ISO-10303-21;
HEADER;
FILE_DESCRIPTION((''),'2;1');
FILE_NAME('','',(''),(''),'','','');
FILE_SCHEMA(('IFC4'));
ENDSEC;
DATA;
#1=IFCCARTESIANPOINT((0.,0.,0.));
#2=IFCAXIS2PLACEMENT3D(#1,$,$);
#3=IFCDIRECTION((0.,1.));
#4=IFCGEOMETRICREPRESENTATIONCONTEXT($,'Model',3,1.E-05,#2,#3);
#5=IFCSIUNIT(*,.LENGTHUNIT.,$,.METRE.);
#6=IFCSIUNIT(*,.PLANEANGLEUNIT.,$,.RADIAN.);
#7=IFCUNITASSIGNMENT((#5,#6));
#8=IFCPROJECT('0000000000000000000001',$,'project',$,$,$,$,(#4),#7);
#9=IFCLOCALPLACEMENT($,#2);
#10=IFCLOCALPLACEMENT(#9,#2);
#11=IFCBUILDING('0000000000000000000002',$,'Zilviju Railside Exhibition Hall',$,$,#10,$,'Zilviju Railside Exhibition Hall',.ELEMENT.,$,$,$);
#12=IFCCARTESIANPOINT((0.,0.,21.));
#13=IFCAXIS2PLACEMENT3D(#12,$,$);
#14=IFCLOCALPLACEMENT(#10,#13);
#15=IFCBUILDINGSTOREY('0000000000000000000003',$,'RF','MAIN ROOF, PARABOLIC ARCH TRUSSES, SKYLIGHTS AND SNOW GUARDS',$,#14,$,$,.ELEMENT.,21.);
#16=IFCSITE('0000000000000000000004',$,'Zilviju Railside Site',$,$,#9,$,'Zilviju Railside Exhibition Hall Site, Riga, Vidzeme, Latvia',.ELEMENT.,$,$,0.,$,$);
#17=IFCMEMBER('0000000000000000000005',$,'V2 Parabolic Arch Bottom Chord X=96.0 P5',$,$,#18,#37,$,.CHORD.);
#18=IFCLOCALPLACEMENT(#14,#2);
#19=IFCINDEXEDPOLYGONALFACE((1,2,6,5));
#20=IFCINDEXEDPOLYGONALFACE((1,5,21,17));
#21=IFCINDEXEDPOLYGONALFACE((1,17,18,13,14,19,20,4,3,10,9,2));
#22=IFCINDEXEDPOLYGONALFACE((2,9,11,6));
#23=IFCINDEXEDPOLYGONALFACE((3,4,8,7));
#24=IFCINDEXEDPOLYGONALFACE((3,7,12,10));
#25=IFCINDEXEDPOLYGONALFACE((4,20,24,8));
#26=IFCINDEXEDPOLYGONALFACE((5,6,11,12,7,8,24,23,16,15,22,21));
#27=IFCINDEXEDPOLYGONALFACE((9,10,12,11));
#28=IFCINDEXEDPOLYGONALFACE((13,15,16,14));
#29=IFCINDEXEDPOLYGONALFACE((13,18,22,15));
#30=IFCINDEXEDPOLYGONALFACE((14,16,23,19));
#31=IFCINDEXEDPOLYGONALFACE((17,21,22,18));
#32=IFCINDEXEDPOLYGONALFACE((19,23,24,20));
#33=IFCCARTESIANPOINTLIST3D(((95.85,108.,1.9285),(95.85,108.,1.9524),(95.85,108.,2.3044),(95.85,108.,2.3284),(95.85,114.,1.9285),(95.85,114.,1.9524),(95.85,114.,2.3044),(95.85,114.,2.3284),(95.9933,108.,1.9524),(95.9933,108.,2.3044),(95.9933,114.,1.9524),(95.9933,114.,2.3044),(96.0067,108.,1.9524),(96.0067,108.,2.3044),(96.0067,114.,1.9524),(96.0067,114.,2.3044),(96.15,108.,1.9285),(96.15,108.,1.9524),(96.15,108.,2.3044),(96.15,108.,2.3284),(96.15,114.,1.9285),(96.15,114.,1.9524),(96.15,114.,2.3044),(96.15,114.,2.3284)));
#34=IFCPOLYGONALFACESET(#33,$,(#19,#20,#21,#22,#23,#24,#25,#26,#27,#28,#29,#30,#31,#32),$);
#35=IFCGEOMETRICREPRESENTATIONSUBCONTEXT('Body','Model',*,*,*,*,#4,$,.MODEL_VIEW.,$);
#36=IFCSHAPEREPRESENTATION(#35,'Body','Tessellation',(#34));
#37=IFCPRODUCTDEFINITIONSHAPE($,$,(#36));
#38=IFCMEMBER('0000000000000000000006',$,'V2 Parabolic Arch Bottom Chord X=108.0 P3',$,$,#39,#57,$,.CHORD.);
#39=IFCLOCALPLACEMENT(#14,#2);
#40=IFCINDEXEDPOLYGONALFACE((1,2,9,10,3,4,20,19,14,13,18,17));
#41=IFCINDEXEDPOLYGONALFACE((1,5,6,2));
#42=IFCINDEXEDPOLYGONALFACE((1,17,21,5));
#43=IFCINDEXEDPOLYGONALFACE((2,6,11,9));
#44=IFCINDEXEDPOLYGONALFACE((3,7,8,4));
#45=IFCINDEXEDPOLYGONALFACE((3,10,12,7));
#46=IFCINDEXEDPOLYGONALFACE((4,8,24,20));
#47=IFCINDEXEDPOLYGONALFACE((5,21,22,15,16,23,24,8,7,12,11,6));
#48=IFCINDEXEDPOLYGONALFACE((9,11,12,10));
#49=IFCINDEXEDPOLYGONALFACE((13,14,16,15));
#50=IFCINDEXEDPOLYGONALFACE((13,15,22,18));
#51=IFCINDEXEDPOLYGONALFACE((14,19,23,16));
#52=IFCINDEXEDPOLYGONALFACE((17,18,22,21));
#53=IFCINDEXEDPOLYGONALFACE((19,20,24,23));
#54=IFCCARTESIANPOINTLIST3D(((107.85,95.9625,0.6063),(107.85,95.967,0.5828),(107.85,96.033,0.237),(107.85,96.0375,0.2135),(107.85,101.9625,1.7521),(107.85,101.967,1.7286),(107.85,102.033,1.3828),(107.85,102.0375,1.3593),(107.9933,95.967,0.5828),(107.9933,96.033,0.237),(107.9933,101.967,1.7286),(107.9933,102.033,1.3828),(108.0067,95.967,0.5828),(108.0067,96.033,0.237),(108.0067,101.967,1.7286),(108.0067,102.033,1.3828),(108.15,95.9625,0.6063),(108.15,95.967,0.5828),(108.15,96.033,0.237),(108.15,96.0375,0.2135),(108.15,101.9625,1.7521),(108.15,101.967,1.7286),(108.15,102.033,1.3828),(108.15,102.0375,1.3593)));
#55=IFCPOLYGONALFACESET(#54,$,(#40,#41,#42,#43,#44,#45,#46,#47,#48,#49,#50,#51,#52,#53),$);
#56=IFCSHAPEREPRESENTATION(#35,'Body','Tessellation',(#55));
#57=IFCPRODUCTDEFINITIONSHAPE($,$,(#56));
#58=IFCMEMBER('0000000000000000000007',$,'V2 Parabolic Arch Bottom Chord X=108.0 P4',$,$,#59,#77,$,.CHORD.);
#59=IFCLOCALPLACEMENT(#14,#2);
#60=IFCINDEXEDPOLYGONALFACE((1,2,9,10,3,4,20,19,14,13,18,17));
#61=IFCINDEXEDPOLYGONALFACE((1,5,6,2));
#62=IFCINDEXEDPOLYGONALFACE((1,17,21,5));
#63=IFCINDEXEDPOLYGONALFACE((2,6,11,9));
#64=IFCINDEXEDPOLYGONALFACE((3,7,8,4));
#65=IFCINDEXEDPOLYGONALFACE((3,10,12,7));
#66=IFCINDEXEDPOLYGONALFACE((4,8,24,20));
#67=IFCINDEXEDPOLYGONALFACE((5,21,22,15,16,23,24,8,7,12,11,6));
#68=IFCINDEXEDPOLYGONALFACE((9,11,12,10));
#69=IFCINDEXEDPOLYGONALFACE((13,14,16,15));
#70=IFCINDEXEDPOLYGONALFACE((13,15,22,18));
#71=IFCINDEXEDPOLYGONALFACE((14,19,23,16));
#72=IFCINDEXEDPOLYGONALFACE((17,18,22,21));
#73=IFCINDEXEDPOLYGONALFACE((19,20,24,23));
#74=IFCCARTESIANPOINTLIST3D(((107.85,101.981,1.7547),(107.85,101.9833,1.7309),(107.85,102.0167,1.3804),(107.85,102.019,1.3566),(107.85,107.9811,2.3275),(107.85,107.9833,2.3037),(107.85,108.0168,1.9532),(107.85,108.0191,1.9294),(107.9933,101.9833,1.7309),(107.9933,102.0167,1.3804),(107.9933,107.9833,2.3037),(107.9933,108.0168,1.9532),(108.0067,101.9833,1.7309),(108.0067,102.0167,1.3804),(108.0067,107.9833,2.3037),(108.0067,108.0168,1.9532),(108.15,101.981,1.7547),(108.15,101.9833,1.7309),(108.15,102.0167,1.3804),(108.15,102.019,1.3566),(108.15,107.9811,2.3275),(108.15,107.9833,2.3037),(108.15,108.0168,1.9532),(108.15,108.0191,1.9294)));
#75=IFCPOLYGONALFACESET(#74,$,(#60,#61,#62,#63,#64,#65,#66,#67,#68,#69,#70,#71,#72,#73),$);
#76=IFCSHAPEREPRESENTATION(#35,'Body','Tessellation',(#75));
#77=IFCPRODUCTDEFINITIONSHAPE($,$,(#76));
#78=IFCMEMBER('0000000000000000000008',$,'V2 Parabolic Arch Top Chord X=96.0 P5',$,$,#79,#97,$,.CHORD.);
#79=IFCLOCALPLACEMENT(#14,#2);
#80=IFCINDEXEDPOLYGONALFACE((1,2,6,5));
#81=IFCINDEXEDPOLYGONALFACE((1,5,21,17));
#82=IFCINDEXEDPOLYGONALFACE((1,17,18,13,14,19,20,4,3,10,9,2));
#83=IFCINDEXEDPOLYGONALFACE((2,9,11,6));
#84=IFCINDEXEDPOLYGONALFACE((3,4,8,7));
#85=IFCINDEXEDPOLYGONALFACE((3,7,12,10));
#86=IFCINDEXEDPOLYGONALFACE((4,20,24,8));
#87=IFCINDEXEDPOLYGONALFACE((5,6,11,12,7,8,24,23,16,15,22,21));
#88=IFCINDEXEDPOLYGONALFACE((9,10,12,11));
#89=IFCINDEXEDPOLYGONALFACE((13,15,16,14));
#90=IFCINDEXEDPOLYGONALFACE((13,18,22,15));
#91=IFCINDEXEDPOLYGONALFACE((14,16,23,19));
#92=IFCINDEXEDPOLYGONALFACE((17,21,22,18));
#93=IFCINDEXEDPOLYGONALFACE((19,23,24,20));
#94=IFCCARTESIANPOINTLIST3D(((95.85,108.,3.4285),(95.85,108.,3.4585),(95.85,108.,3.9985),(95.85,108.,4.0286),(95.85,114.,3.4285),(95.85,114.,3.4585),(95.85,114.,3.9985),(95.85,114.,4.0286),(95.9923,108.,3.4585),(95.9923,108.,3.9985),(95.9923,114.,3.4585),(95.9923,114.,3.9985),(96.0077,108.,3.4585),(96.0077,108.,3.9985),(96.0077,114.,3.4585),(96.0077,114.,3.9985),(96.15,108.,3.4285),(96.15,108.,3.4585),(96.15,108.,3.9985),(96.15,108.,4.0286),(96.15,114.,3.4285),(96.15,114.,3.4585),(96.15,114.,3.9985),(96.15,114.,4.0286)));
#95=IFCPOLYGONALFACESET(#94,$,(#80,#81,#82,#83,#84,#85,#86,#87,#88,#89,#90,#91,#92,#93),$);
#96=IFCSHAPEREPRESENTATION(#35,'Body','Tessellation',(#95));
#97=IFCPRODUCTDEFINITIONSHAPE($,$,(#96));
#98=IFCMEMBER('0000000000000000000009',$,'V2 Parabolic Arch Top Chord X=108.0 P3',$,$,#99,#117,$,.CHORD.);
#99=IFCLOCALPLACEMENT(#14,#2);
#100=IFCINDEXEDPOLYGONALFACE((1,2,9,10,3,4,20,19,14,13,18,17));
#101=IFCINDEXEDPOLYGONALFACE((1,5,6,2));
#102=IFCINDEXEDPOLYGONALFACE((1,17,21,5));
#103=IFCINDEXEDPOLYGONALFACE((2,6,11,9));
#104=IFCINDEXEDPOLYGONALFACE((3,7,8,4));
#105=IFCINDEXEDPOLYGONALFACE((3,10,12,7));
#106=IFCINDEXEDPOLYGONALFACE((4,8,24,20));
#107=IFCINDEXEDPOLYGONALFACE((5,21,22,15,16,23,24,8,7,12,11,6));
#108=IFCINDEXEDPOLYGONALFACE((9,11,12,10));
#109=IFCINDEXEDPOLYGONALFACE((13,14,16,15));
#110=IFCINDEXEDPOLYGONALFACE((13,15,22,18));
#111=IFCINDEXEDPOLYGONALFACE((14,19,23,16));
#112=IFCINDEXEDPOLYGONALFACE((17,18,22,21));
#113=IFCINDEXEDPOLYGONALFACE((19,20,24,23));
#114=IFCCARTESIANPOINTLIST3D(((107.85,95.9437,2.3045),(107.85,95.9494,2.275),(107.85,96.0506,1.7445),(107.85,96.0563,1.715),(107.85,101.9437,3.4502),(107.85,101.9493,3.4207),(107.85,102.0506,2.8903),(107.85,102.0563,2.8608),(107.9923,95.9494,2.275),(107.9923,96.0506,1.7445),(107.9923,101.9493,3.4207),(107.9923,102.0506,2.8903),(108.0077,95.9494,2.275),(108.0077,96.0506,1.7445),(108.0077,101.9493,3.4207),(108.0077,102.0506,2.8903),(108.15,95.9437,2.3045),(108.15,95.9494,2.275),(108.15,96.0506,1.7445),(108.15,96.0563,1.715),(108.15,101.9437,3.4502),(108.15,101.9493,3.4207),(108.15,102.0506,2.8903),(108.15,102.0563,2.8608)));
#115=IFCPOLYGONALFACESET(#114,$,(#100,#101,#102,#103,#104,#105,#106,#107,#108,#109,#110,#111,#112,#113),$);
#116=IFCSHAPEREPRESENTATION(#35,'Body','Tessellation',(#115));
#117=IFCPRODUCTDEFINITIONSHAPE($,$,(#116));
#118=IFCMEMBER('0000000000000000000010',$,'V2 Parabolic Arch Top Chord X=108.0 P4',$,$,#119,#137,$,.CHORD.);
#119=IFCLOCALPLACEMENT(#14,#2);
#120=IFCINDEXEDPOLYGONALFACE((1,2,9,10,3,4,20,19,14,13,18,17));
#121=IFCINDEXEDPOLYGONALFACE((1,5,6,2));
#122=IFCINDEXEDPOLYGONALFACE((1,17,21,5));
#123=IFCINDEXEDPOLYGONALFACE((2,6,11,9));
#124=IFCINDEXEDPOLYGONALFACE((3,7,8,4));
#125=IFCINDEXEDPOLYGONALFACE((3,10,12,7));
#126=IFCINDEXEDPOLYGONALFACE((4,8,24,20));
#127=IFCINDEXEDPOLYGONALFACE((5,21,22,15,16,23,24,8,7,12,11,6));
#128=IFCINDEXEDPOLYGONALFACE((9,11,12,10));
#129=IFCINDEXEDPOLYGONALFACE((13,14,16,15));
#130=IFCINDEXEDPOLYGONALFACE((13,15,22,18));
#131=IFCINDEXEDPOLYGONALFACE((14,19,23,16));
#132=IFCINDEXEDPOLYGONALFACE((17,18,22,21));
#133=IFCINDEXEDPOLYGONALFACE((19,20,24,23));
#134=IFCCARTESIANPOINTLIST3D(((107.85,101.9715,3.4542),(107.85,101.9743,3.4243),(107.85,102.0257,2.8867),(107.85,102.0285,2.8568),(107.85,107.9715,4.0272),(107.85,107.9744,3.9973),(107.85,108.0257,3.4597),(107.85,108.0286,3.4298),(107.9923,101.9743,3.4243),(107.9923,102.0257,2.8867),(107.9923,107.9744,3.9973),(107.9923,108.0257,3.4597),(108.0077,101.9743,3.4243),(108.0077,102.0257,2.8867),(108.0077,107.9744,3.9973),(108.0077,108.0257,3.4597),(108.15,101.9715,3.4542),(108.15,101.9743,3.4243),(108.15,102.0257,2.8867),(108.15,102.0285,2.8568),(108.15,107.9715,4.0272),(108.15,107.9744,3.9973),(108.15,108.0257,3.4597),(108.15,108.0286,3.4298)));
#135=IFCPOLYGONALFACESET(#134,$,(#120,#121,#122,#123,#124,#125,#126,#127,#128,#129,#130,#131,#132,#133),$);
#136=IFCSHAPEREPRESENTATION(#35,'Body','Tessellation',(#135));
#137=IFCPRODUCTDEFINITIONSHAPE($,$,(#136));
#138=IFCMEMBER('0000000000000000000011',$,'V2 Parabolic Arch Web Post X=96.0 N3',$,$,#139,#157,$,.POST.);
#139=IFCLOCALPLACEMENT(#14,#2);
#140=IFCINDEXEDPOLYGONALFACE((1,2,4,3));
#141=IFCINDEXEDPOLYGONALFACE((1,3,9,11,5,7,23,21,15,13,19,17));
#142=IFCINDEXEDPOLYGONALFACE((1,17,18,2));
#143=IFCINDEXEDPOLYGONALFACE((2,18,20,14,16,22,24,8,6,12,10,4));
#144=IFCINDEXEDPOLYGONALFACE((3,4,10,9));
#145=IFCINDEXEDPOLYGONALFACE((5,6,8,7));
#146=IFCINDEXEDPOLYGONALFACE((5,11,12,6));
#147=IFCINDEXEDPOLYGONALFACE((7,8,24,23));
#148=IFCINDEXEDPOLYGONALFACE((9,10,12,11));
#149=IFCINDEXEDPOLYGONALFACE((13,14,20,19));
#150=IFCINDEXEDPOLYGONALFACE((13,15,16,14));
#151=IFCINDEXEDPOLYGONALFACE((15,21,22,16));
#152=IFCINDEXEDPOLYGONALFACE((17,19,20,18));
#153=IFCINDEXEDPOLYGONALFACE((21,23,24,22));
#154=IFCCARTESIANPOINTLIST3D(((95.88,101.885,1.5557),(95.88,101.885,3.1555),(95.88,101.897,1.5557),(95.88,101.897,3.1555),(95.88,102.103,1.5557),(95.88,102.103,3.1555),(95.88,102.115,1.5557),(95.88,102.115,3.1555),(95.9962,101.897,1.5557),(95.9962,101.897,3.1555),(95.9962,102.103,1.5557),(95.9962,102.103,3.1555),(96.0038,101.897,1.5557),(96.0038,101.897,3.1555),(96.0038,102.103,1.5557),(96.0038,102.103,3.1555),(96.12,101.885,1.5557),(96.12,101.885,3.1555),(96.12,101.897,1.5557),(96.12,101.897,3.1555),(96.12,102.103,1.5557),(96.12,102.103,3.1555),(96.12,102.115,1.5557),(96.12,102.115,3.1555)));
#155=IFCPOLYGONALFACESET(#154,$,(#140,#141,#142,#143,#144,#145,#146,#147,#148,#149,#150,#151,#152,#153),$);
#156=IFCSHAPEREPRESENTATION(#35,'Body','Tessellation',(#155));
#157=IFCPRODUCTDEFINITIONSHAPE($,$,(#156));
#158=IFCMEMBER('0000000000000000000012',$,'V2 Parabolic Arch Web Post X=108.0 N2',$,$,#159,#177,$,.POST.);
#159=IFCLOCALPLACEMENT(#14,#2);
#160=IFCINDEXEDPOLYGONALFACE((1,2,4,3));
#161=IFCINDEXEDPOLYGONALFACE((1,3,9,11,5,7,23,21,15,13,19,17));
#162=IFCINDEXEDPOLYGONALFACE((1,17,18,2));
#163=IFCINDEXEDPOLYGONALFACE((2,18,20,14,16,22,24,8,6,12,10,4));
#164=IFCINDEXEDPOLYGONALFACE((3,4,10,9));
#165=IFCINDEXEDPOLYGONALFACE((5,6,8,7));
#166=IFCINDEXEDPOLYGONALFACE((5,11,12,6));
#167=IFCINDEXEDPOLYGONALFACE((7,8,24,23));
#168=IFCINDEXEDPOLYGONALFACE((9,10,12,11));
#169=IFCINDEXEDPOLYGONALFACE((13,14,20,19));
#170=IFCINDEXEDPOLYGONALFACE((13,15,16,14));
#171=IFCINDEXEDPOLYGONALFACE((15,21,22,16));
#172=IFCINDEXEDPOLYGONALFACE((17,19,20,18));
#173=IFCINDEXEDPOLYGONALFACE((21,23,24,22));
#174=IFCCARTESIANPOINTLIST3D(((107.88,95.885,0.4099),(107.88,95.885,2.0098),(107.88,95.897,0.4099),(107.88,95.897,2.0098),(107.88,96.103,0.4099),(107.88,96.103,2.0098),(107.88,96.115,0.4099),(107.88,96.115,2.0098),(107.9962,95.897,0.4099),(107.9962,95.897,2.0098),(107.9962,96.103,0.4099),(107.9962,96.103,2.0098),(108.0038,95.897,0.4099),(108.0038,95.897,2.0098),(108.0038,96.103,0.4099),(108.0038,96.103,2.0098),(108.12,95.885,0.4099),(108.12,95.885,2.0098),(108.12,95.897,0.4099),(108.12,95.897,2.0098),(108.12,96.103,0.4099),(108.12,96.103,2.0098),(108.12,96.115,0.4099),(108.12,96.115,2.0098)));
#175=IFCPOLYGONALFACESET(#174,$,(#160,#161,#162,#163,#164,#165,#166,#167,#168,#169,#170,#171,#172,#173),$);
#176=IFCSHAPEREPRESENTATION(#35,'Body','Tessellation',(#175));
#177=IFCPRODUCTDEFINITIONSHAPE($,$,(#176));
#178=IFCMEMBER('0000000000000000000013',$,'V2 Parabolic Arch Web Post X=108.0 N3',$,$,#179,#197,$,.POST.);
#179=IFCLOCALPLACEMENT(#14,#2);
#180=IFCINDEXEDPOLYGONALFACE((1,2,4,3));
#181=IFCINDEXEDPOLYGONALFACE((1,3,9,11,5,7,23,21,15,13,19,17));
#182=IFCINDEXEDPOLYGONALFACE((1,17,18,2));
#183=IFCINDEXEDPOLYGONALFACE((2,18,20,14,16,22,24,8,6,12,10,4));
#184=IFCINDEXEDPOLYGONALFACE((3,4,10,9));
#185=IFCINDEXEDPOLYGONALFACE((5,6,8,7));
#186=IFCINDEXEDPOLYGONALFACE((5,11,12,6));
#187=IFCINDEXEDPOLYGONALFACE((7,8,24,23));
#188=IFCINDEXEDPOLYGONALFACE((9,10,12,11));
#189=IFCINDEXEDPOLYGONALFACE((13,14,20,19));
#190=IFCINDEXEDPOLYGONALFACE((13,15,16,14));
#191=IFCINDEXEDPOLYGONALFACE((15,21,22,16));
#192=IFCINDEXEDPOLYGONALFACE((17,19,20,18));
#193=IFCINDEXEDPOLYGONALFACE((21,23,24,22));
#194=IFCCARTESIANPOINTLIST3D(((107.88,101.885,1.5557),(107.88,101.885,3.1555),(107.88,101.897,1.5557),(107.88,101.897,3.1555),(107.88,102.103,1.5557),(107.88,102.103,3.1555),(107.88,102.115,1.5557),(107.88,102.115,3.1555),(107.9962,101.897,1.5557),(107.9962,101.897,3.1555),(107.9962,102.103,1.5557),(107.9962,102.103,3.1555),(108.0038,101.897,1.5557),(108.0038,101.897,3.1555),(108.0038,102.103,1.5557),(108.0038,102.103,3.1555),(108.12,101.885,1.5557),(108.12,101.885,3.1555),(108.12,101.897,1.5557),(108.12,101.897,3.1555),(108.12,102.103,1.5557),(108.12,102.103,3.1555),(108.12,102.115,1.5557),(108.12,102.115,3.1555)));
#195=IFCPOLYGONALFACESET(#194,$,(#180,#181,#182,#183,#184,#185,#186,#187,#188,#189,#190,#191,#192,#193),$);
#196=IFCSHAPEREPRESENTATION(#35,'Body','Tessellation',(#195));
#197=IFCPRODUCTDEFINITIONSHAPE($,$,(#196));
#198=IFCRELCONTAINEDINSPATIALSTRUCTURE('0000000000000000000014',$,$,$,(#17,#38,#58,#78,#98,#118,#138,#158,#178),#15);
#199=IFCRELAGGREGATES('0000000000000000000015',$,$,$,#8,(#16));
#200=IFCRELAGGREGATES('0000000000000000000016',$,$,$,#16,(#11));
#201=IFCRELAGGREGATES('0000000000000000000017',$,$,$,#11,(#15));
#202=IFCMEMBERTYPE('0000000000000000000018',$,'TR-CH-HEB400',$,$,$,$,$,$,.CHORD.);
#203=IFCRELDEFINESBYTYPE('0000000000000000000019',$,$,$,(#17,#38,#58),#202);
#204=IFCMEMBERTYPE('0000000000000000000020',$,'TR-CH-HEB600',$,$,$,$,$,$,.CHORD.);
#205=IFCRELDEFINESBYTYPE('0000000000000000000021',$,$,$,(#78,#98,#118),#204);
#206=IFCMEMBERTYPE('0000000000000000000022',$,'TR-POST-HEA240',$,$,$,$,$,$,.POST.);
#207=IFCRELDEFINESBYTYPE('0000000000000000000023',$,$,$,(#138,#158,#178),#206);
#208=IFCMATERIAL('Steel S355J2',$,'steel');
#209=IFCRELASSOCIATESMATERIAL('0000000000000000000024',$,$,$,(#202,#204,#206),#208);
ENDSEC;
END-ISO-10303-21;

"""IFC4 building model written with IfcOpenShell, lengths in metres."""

from ifc_helpers import new_model, si_unit, direction, frame, origin, origin_2d, place, context, subcontext, project, spatial, i_section, extrude, material, material_profile, profile_set, type_object, element, save


model = new_model("IFC4")

# Units and contexts
model_context = context("Model", 3, precision=1e-05, world=origin(), true_north=direction((0.0, 1.0)))
body_context = subcontext(model_context, "Body", "Model", "MODEL_VIEW")
ifc_project = project(units=[si_unit("LENGTHUNIT", "METRE"), si_unit("PLANEANGLEUNIT", "RADIAN")], contexts=[model_context])

# Site, building, storey
site_placement = place(None, origin())
site = spatial("IfcSite", under=ifc_project, at=site_placement, Name="Zilviju Railside Site", LongName="Zilviju Railside Exhibition Hall Site, Riga, Vidzeme, Latvia", CompositionType="ELEMENT", RefElevation=0.0)
building_placement = place(site_placement, origin())
building = spatial("IfcBuilding", under=site, at=building_placement, Name="Zilviju Railside Exhibition Hall", LongName="Zilviju Railside Exhibition Hall", CompositionType="ELEMENT")
storey_placement = place(building_placement, frame((0.0, 0.0, 21.0)))
storey = spatial("IfcBuildingStorey", under=building, at=storey_placement, Name="RF", Description="MAIN ROOF, PARABOLIC ARCH TRUSSES, SKYLIGHTS AND SNOW GUARDS", CompositionType="ELEMENT", Elevation=21.0)

# Members
ifc_material_1 = material(Name="Steel S355J2", Category="steel")
ifc_material_profile_1 = material_profile(ifc_material_1, i_section(OverallWidth=0.3, OverallDepth=0.3999, WebThickness=0.0134, FlangeThickness=0.0239, at=origin_2d()), Name="HEB 400")
ifc_profile_set_1 = profile_set([ifc_material_profile_1], Name="Steel S355J2")
member_type_1 = type_object("IfcMemberType", Name="TR-CH-HEB400", PredefinedType="CHORD", material=ifc_profile_set_1)
member_1_placement = place(storey_placement, frame((96.0, 108.0, 2.1284), z_axis=(0.0, 1.0, 0.0), x_axis=(-1.0, 0.0, 0.0)))
element("IfcMember", 1, at=member_1_placement, inside=storey, type_object=member_type_1, Name="V2 Parabolic Arch Bottom Chord X=96.0 P5", PredefinedType="CHORD", context=body_context, shape_type="SweptSolid", body=[
    extrude(i_section(OverallWidth=0.3, OverallDepth=0.3999, WebThickness=0.0134, FlangeThickness=0.0239, at=origin_2d()), origin(), (0.0, 0.0, 1.0), 6.0),
])
member_2_placement = place(storey_placement, frame((108.0, 96.0, 0.4099), z_axis=(0.0, 0.982251, 0.187569), x_axis=(-1.0, 0.0, 0.0)))
element("IfcMember", 2, at=member_2_placement, inside=storey, type_object=member_type_1, Name="V2 Parabolic Arch Bottom Chord X=108.0 P3", PredefinedType="CHORD", context=body_context, shape_type="SweptSolid", body=[
    extrude(i_section(OverallWidth=0.3, OverallDepth=0.3999, WebThickness=0.0134, FlangeThickness=0.0239, at=origin_2d()), origin(), (0.0, 0.0, 1.0), 6.1084),
])
member_3_placement = place(storey_placement, frame((108.0, 102.0, 1.5557), z_axis=(0.0, 0.995475, 0.095027), x_axis=(-1.0, 0.0, 0.0)))
element("IfcMember", 3, at=member_3_placement, inside=storey, type_object=member_type_1, Name="V2 Parabolic Arch Bottom Chord X=108.0 P4", PredefinedType="CHORD", context=body_context, shape_type="SweptSolid", body=[
    extrude(i_section(OverallWidth=0.3, OverallDepth=0.3999, WebThickness=0.0134, FlangeThickness=0.0239, at=origin_2d()), origin(), (0.0, 0.0, 1.0), 6.0273),
])
ifc_material_profile_2 = material_profile(ifc_material_1, i_section(OverallWidth=0.3, OverallDepth=0.6001, WebThickness=0.0154, FlangeThickness=0.03, at=origin_2d()), Name="HEB 600")
ifc_profile_set_2 = profile_set([ifc_material_profile_2], Name="Steel S355J2")
member_type_2 = type_object("IfcMemberType", Name="TR-CH-HEB600", PredefinedType="CHORD", material=ifc_profile_set_2)
member_4_placement = place(storey_placement, frame((96.0, 108.0, 3.7285), z_axis=(0.0, 1.0, 0.0), x_axis=(-1.0, 0.0, 0.0)))
element("IfcMember", 4, at=member_4_placement, inside=storey, type_object=member_type_2, Name="V2 Parabolic Arch Top Chord X=96.0 P5", PredefinedType="CHORD", context=body_context, shape_type="SweptSolid", body=[
    extrude(i_section(OverallWidth=0.3, OverallDepth=0.6001, WebThickness=0.0154, FlangeThickness=0.03, at=origin_2d()), origin(), (0.0, 0.0, 1.0), 6.0),
])
member_5_placement = place(storey_placement, frame((108.0, 96.0, 2.0098), z_axis=(0.0, 0.982251, 0.187569), x_axis=(-1.0, 0.0, 0.0)))
element("IfcMember", 5, at=member_5_placement, inside=storey, type_object=member_type_2, Name="V2 Parabolic Arch Top Chord X=108.0 P3", PredefinedType="CHORD", context=body_context, shape_type="SweptSolid", body=[
    extrude(i_section(OverallWidth=0.3, OverallDepth=0.6001, WebThickness=0.0154, FlangeThickness=0.03, at=origin_2d()), origin(), (0.0, 0.0, 1.0), 6.1084),
])
member_6_placement = place(storey_placement, frame((108.0, 102.0, 3.1555), z_axis=(0.0, 0.995471, 0.095067), x_axis=(-1.0, 0.0, 0.0)))
element("IfcMember", 6, at=member_6_placement, inside=storey, type_object=member_type_2, Name="V2 Parabolic Arch Top Chord X=108.0 P4", PredefinedType="CHORD", context=body_context, shape_type="SweptSolid", body=[
    extrude(i_section(OverallWidth=0.3, OverallDepth=0.6001, WebThickness=0.0154, FlangeThickness=0.03, at=origin_2d()), origin(), (0.0, 0.0, 1.0), 6.0273),
])
ifc_material_profile_3 = material_profile(ifc_material_1, i_section(OverallWidth=0.24, OverallDepth=0.23, WebThickness=0.0076, FlangeThickness=0.012, at=origin_2d()), Name="HEA 240")
ifc_profile_set_3 = profile_set([ifc_material_profile_3], Name="Steel S355J2")
member_type_3 = type_object("IfcMemberType", Name="TR-POST-HEA240", PredefinedType="POST", material=ifc_profile_set_3)
for number, where, z_axis, x_axis, name in (
    (7, (96.0, 102.0, 1.5557), (0.0, 0.0, 1.0), (1.0, 0.0, 0.0), "V2 Parabolic Arch Web Post X=96.0 N3"),
    (8, (108.0, 96.0, 0.4099), (0.0, 0.0, 1.0), (1.0, 0.0, 0.0), "V2 Parabolic Arch Web Post X=108.0 N2"),
    (9, (108.0, 102.0, 1.5557), (0.0, 0.0, 1.0), (1.0, 0.0, 0.0), "V2 Parabolic Arch Web Post X=108.0 N3"),
):
    element("IfcMember", number, at=place(storey_placement, frame(where, z_axis=z_axis, x_axis=x_axis)), inside=storey, type_object=member_type_3, Name=name, PredefinedType="POST", context=body_context, shape_type="SweptSolid", body=[
        extrude(i_section(OverallWidth=0.24, OverallDepth=0.23, WebThickness=0.0076, FlangeThickness=0.012, at=origin_2d()), origin(), (0.0, 0.0, 1.0), 1.5999),
    ])

save(model, "model.ifc")
